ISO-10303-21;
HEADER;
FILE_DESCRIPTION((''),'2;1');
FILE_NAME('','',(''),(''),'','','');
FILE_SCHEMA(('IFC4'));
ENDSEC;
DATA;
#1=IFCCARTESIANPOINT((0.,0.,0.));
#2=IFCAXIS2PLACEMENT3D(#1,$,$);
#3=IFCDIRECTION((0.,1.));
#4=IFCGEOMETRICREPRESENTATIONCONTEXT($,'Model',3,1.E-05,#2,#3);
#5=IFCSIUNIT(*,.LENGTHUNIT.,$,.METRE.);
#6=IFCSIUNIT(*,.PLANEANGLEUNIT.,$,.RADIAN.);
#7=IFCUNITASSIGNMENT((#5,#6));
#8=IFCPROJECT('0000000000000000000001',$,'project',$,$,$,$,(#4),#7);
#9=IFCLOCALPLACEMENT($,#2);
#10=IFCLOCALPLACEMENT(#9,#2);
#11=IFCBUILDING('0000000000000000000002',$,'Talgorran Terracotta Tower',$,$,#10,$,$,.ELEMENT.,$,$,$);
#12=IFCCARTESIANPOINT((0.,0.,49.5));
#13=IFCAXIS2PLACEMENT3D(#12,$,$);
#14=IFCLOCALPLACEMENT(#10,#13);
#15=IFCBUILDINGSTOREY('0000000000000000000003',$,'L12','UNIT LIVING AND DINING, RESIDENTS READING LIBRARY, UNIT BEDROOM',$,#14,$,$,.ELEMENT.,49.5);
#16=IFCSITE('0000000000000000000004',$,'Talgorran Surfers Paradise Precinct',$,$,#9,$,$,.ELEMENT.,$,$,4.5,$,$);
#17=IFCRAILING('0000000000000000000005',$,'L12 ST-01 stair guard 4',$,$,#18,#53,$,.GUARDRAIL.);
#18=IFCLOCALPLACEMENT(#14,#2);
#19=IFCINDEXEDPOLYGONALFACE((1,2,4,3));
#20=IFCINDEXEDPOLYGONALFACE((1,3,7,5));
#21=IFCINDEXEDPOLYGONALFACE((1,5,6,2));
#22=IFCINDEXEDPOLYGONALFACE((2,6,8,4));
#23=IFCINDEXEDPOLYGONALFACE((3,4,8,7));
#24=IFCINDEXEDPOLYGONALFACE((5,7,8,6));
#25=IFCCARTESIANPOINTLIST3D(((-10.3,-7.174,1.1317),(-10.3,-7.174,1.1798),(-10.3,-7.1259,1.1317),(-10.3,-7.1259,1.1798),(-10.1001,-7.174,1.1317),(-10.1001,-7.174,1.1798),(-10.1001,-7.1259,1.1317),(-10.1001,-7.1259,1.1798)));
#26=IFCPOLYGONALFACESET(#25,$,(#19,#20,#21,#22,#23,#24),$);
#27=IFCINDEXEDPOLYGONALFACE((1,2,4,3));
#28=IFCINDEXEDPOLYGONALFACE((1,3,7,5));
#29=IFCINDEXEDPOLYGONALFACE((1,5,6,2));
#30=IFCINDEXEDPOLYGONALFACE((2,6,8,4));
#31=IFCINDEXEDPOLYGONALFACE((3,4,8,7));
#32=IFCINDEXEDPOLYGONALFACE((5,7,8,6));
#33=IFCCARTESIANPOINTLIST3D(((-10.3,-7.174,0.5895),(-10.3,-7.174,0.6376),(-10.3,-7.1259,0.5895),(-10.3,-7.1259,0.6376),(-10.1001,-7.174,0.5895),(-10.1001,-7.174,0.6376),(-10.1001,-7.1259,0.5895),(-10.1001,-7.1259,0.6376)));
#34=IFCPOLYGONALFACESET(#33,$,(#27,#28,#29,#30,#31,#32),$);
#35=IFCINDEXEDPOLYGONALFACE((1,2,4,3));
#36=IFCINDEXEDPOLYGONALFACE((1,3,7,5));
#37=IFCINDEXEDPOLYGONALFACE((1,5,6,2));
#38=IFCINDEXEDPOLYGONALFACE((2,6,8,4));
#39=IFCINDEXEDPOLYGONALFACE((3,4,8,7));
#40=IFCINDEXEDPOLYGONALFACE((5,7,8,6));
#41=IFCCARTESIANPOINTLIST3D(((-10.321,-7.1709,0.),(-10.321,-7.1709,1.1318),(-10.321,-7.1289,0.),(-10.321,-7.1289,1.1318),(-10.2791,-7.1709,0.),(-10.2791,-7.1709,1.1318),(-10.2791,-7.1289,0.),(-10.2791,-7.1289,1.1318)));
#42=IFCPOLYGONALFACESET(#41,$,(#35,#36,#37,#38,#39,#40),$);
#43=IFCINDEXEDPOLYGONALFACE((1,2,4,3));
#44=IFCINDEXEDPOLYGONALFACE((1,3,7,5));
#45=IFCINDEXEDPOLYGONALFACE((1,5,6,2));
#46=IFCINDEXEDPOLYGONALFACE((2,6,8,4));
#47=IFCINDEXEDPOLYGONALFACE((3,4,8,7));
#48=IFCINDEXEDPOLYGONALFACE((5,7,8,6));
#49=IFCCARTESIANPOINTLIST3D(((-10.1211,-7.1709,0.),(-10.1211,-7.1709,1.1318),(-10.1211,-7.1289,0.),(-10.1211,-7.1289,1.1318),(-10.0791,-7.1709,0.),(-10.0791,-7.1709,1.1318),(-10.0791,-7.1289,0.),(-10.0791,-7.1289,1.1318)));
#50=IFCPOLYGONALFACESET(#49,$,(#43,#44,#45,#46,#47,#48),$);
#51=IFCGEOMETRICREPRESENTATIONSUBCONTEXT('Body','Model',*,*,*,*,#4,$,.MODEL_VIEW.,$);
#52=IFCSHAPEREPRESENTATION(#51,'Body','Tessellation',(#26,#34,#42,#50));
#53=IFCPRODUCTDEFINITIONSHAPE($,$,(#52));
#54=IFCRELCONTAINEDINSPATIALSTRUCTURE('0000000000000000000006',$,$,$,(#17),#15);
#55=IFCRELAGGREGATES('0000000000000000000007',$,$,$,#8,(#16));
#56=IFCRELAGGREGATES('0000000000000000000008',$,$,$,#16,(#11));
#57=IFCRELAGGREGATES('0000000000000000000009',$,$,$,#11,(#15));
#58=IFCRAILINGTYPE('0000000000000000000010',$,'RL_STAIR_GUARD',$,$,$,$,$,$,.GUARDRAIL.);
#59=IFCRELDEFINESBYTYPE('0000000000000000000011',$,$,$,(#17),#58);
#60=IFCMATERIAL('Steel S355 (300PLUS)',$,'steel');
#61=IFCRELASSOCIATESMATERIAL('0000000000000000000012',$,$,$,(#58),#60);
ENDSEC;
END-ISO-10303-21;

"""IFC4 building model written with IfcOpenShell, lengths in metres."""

from ifc_helpers import new_model, si_unit, direction, frame, origin, origin_2d, place, context, subcontext, project, spatial, rectangle, extrude, material, type_object, element, save


model = new_model("IFC4")

# Units and contexts
model_context = context("Model", 3, precision=1e-05, world=origin(), true_north=direction((0.0, 1.0)))
body_context = subcontext(model_context, "Body", "Model", "MODEL_VIEW")
ifc_project = project(units=[si_unit("LENGTHUNIT", "METRE"), si_unit("PLANEANGLEUNIT", "RADIAN")], contexts=[model_context])

# Site, building, storey
site_placement = place(None, origin())
site = spatial("IfcSite", under=ifc_project, at=site_placement, Name="Talgorran Surfers Paradise Precinct", CompositionType="ELEMENT", RefElevation=4.5)
building_placement = place(site_placement, origin())
building = spatial("IfcBuilding", under=site, at=building_placement, Name="Talgorran Terracotta Tower", CompositionType="ELEMENT")
storey_placement = place(building_placement, frame((0.0, 0.0, 49.5)))
storey = spatial("IfcBuildingStorey", under=building, at=storey_placement, Name="L12", Description="UNIT LIVING AND DINING, RESIDENTS READING LIBRARY, UNIT BEDROOM", CompositionType="ELEMENT", Elevation=49.5)

# Railing
ifc_material_1 = material(Name="Steel S355 (300PLUS)", Category="steel")
railing_type_1 = type_object("IfcRailingType", Name="RL_STAIR_GUARD", PredefinedType="GUARDRAIL", material=ifc_material_1)
railing_1_placement = place(storey_placement, frame((-10.3, -7.1499, 0.0)))
element("IfcRailing", 1, at=railing_1_placement, inside=storey, type_object=railing_type_1, Name="L12 ST-01 stair guard 4", PredefinedType="GUARDRAIL", context=body_context, shape_type="SweptSolid", body=[
    extrude(rectangle(XDim=0.0481, YDim=0.0481, at=origin_2d()), frame((0.0, 0.0, 1.1558), z_axis=(1.0, 0.0, 0.0), x_axis=(0.0, 1.0, 0.0)), (0.0, 0.0, 1.0), 0.2),
    extrude(rectangle(XDim=0.0481, YDim=0.0481, at=origin_2d()), frame((0.0, 0.0, 0.6135), z_axis=(1.0, 0.0, 0.0), x_axis=(0.0, 1.0, 0.0)), (0.0, 0.0, 1.0), 0.2),
    extrude(rectangle(XDim=0.042, YDim=0.042, at=origin_2d()), origin(), (0.0, 0.0, 1.0), 1.1318),
    extrude(rectangle(XDim=0.042, YDim=0.042, at=origin_2d()), frame((0.2, 0.0, 0.0)), (0.0, 0.0, 1.0), 1.1318),
])

save(model, "model.ifc")
